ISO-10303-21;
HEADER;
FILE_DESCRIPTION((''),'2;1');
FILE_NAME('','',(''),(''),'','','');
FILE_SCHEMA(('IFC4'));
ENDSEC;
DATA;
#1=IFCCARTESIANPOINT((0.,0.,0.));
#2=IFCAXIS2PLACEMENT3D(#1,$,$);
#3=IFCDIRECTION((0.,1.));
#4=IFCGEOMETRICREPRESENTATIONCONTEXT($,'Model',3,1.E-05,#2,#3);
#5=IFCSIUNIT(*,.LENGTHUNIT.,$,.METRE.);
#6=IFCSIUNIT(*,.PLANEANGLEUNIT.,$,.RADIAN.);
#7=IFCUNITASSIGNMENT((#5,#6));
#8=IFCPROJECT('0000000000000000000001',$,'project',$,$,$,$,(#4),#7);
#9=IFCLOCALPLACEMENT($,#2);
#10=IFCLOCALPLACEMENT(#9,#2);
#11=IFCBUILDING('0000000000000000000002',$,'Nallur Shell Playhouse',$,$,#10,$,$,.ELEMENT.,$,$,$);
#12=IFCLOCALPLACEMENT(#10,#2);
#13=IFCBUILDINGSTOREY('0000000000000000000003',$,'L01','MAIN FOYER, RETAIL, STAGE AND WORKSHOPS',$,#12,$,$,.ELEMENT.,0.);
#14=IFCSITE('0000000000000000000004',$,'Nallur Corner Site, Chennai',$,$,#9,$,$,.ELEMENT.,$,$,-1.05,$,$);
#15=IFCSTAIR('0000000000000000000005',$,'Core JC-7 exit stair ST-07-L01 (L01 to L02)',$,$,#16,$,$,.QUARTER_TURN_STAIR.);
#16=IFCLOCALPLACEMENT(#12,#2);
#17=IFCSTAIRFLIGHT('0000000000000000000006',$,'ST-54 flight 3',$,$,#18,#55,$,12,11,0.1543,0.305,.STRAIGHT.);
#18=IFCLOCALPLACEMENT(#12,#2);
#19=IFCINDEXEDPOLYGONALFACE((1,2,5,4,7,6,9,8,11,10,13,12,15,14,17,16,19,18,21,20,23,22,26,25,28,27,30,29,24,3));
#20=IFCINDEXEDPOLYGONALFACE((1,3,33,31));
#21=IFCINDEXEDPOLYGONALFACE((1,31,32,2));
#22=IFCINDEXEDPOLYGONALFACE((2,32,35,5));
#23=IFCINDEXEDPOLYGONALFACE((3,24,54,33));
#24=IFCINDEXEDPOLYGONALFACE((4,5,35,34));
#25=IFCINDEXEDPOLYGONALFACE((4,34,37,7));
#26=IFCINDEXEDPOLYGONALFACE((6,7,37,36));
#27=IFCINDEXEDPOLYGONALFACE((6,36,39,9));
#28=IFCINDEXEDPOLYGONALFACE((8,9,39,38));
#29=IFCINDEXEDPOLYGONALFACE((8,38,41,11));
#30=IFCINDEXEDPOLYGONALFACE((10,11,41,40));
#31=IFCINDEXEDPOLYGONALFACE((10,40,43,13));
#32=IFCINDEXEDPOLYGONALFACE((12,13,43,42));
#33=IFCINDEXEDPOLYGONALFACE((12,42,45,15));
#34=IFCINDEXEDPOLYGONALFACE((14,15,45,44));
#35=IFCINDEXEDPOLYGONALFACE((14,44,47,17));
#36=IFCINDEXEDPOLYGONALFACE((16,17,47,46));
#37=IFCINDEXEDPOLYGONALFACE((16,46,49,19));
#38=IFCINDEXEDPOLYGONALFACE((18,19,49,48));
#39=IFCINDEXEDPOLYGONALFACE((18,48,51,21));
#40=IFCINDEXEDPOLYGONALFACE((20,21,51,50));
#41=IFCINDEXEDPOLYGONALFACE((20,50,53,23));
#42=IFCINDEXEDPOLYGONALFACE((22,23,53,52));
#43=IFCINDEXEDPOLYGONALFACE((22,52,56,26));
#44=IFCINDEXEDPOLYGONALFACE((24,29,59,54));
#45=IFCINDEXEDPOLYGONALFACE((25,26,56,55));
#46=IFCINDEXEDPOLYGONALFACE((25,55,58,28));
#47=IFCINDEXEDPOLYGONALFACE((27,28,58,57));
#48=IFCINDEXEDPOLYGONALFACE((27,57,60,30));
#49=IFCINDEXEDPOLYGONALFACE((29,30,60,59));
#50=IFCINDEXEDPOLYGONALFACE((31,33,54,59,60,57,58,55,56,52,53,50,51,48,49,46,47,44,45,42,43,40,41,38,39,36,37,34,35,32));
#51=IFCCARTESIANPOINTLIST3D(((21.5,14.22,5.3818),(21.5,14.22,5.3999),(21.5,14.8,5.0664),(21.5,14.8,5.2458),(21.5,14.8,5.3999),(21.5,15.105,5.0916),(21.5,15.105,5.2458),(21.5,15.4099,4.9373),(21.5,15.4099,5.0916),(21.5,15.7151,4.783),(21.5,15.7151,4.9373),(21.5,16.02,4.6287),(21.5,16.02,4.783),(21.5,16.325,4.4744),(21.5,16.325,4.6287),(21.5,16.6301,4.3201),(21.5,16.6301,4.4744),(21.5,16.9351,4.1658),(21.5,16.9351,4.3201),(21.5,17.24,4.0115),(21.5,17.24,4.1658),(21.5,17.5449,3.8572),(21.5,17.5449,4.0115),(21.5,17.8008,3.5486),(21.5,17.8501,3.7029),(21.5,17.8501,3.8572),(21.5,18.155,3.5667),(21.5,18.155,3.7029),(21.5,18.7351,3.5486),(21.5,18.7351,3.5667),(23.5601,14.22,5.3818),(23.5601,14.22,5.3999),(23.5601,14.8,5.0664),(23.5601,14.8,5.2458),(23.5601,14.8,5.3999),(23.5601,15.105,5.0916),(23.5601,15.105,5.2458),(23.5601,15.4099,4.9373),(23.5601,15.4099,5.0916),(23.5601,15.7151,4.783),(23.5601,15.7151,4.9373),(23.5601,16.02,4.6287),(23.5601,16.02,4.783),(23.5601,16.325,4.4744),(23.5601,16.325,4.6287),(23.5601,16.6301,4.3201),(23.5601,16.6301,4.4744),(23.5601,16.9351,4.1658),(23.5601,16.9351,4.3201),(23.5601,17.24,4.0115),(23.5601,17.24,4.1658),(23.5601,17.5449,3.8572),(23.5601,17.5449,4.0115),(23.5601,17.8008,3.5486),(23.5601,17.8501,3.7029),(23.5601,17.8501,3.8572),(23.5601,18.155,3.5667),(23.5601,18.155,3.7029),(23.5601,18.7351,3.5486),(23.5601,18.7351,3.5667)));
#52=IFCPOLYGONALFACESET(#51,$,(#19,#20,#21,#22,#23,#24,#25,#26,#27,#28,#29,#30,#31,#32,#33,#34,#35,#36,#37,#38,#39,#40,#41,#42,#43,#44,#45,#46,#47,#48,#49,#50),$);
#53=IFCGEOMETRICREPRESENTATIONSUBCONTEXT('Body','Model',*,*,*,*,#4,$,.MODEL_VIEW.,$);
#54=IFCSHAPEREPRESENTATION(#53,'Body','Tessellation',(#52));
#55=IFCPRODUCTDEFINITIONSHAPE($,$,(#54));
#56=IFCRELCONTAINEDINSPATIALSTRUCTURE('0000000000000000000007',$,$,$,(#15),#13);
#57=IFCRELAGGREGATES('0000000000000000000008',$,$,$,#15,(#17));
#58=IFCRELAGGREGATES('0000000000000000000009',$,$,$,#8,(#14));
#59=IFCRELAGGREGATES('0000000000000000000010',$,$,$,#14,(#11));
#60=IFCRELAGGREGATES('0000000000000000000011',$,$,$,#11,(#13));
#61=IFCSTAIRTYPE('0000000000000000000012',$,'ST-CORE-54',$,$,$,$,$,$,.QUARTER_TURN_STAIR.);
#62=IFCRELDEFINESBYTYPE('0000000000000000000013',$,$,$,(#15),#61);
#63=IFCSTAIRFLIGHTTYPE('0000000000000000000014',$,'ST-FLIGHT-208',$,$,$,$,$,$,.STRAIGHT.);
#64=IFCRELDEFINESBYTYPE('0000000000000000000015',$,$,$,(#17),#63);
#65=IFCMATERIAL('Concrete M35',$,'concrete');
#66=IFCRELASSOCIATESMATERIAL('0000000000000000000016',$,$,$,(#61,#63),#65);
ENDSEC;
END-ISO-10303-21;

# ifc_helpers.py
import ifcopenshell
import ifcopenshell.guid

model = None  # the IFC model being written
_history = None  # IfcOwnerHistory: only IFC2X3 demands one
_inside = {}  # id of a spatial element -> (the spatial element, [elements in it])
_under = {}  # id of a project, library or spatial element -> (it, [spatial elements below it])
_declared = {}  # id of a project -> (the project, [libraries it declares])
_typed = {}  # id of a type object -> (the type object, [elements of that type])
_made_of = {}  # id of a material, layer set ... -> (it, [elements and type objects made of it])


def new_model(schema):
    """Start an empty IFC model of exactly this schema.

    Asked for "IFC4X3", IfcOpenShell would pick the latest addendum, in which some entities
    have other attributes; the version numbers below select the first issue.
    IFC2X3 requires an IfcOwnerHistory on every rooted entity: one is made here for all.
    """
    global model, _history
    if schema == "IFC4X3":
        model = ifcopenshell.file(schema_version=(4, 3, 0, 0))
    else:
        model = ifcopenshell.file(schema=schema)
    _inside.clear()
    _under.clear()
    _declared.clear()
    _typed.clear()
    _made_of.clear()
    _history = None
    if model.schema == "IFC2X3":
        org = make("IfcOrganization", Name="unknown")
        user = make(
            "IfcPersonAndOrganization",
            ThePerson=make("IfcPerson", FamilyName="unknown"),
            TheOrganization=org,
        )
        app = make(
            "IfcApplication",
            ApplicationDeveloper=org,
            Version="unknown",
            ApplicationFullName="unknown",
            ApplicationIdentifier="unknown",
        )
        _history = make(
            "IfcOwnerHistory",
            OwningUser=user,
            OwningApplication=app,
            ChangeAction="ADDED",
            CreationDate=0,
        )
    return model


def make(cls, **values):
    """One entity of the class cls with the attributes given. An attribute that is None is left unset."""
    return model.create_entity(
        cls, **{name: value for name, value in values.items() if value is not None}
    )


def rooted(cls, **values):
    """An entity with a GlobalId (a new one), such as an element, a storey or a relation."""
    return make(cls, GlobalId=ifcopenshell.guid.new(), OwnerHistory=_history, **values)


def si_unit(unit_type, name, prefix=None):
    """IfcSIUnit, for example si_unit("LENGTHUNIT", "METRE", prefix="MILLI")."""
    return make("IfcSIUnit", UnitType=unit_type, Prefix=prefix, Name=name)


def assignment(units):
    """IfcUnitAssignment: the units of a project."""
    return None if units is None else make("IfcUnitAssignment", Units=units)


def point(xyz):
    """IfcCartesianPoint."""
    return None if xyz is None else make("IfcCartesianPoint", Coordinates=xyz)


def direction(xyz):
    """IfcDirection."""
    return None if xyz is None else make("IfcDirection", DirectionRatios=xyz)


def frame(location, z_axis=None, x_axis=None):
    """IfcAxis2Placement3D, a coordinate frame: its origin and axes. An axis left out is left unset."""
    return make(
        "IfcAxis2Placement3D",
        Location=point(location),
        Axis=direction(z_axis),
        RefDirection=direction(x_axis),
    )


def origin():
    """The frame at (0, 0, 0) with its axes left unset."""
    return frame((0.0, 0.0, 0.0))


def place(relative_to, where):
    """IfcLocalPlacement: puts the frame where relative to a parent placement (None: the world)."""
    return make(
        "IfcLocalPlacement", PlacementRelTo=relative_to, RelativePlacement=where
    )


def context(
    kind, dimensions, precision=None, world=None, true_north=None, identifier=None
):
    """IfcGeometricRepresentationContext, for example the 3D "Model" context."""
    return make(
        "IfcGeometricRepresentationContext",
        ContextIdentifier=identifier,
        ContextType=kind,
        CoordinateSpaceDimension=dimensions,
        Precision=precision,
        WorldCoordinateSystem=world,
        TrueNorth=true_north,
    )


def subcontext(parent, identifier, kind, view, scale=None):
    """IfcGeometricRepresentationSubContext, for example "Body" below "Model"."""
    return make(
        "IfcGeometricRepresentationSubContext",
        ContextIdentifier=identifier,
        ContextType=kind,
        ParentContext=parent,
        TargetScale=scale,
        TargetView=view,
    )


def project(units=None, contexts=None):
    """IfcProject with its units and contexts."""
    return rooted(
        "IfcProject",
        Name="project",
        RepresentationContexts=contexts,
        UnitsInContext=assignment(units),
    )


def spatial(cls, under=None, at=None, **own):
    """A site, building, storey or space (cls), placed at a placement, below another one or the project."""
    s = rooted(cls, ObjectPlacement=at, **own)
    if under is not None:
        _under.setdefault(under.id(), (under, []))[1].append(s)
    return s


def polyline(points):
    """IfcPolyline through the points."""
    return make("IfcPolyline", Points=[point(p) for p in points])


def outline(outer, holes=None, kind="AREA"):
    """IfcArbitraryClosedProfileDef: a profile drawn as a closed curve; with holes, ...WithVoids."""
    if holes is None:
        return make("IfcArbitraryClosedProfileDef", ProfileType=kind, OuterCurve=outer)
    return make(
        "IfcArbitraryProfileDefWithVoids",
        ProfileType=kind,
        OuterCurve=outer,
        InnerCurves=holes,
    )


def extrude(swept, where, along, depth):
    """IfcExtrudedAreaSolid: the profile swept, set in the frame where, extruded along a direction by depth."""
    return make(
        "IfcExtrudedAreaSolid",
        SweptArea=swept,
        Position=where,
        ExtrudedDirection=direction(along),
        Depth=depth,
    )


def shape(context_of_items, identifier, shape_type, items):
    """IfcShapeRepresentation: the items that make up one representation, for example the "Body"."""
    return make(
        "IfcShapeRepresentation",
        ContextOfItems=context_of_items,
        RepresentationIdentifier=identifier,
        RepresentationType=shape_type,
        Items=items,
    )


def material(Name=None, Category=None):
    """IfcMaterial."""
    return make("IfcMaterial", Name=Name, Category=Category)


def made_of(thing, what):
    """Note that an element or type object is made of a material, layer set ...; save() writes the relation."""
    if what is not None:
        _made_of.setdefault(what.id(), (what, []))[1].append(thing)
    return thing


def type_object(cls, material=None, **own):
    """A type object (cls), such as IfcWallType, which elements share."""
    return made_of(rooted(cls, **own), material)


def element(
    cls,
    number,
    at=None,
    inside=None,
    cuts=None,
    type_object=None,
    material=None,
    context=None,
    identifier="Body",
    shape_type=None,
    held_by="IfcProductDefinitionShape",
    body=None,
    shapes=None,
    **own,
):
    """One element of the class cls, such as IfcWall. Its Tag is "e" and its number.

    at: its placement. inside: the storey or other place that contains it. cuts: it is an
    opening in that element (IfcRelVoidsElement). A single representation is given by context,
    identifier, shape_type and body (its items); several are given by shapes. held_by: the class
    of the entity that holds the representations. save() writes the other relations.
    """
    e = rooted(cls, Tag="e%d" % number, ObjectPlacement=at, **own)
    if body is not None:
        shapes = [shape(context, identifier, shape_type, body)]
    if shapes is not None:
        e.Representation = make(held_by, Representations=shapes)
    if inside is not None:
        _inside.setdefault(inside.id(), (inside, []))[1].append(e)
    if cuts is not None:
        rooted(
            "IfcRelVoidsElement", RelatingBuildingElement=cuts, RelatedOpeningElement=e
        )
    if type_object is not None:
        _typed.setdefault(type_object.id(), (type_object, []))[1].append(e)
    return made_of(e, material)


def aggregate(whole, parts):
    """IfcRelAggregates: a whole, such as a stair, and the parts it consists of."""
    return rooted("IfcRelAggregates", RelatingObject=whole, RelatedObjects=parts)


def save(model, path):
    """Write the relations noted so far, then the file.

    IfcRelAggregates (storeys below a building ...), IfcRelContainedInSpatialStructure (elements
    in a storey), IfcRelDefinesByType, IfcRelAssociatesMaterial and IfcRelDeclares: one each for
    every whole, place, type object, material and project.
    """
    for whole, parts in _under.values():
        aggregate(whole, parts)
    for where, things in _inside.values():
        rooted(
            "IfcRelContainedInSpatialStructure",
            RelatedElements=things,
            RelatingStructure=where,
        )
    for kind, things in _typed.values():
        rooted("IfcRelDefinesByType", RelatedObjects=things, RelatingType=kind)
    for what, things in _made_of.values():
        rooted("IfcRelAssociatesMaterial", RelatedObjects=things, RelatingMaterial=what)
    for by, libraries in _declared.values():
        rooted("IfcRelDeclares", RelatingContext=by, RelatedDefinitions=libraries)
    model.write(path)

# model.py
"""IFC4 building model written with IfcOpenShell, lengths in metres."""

from ifc_helpers import new_model, si_unit, direction, frame, origin, place, context, subcontext, project, spatial, polyline, outline, extrude, material, type_object, element, aggregate, save


model = new_model("IFC4")

# Units and contexts
model_context = context("Model", 3, precision=1e-05, world=origin(), true_north=direction((0.0, 1.0)))
body_context = subcontext(model_context, "Body", "Model", "MODEL_VIEW")
ifc_project = project(units=[si_unit("LENGTHUNIT", "METRE"), si_unit("PLANEANGLEUNIT", "RADIAN")], contexts=[model_context])

# Site, building, storey
site_placement = place(None, origin())
site = spatial("IfcSite", under=ifc_project, at=site_placement, Name="Nallur Corner Site, Chennai", CompositionType="ELEMENT", RefElevation=-1.05)
building_placement = place(site_placement, origin())
building = spatial("IfcBuilding", under=site, at=building_placement, Name="Nallur Shell Playhouse", CompositionType="ELEMENT")
storey_placement = place(building_placement, origin())
storey = spatial("IfcBuildingStorey", under=building, at=storey_placement, Name="L01", Description="MAIN FOYER, RETAIL, STAGE AND WORKSHOPS", CompositionType="ELEMENT", Elevation=0.0)

# Shared definitions
ifc_material_1 = material(Name="Concrete M35", Category="concrete")

# Stair, stair flight
stair_type = type_object("IfcStairType", Name="ST-CORE-54", PredefinedType="QUARTER_TURN_STAIR", material=ifc_material_1)
stair_placement = place(storey_placement, origin())
stair = element("IfcStair", 1, at=stair_placement, inside=storey, type_object=stair_type, Name="Core JC-7 exit stair ST-07-L01 (L01 to L02)", PredefinedType="QUARTER_TURN_STAIR")
stair_flight_type = type_object("IfcStairFlightType", Name="ST-FLIGHT-208", PredefinedType="STRAIGHT", material=ifc_material_1)
stair_flight_1_placement = place(storey_placement, frame((22.53, 18.155, 3.5486), z_axis=(0.0, 0.0, 1.0), x_axis=(0.0, -1.0, 0.0)))
stair_flight_1 = element("IfcStairFlight", 2, at=stair_flight_1_placement, type_object=stair_flight_type, Name="ST-54 flight 3", NumberOfRisers=12, NumberOfTreads=11, PredefinedType="STRAIGHT", RiserHeight=0.1543, TreadLength=0.305, context=body_context, shape_type="SweptSolid", body=[
    extrude(outline(polyline([(-0.5801, 0.0), (-0.5801, 0.0181), (0.0, 0.0181), (0.0, 0.1543), (0.3049, 0.1543), (0.3049, 0.3086), (0.6101, 0.3086), (0.6101, 0.4629), (0.915, 0.4629), (0.915, 0.6172), (1.22, 0.6172), (1.22, 0.7715), (1.5249, 0.7715), (1.5249, 0.9258), (1.8301, 0.9258), (1.8301, 1.0801), (2.135, 1.0801), (2.135, 1.2344), (2.4399, 1.2344), (2.4399, 1.3887), (2.7451, 1.3887), (2.7451, 1.543), (3.05, 1.543), (3.05, 1.6973), (3.355, 1.6973), (3.355, 1.8513), (3.9351, 1.8513), (3.9351, 1.8333), (3.355, 1.5178), (0.3542, 0.0), (-0.5801, 0.0)])), frame((0.0, 1.03, 0.0), z_axis=(0.0, -1.0, 0.0), x_axis=(1.0, 0.0, 0.0)), (0.0, 0.0, 1.0), 2.0601),
])
aggregate(stair, [stair_flight_1])

save(model, "model.ifc")
